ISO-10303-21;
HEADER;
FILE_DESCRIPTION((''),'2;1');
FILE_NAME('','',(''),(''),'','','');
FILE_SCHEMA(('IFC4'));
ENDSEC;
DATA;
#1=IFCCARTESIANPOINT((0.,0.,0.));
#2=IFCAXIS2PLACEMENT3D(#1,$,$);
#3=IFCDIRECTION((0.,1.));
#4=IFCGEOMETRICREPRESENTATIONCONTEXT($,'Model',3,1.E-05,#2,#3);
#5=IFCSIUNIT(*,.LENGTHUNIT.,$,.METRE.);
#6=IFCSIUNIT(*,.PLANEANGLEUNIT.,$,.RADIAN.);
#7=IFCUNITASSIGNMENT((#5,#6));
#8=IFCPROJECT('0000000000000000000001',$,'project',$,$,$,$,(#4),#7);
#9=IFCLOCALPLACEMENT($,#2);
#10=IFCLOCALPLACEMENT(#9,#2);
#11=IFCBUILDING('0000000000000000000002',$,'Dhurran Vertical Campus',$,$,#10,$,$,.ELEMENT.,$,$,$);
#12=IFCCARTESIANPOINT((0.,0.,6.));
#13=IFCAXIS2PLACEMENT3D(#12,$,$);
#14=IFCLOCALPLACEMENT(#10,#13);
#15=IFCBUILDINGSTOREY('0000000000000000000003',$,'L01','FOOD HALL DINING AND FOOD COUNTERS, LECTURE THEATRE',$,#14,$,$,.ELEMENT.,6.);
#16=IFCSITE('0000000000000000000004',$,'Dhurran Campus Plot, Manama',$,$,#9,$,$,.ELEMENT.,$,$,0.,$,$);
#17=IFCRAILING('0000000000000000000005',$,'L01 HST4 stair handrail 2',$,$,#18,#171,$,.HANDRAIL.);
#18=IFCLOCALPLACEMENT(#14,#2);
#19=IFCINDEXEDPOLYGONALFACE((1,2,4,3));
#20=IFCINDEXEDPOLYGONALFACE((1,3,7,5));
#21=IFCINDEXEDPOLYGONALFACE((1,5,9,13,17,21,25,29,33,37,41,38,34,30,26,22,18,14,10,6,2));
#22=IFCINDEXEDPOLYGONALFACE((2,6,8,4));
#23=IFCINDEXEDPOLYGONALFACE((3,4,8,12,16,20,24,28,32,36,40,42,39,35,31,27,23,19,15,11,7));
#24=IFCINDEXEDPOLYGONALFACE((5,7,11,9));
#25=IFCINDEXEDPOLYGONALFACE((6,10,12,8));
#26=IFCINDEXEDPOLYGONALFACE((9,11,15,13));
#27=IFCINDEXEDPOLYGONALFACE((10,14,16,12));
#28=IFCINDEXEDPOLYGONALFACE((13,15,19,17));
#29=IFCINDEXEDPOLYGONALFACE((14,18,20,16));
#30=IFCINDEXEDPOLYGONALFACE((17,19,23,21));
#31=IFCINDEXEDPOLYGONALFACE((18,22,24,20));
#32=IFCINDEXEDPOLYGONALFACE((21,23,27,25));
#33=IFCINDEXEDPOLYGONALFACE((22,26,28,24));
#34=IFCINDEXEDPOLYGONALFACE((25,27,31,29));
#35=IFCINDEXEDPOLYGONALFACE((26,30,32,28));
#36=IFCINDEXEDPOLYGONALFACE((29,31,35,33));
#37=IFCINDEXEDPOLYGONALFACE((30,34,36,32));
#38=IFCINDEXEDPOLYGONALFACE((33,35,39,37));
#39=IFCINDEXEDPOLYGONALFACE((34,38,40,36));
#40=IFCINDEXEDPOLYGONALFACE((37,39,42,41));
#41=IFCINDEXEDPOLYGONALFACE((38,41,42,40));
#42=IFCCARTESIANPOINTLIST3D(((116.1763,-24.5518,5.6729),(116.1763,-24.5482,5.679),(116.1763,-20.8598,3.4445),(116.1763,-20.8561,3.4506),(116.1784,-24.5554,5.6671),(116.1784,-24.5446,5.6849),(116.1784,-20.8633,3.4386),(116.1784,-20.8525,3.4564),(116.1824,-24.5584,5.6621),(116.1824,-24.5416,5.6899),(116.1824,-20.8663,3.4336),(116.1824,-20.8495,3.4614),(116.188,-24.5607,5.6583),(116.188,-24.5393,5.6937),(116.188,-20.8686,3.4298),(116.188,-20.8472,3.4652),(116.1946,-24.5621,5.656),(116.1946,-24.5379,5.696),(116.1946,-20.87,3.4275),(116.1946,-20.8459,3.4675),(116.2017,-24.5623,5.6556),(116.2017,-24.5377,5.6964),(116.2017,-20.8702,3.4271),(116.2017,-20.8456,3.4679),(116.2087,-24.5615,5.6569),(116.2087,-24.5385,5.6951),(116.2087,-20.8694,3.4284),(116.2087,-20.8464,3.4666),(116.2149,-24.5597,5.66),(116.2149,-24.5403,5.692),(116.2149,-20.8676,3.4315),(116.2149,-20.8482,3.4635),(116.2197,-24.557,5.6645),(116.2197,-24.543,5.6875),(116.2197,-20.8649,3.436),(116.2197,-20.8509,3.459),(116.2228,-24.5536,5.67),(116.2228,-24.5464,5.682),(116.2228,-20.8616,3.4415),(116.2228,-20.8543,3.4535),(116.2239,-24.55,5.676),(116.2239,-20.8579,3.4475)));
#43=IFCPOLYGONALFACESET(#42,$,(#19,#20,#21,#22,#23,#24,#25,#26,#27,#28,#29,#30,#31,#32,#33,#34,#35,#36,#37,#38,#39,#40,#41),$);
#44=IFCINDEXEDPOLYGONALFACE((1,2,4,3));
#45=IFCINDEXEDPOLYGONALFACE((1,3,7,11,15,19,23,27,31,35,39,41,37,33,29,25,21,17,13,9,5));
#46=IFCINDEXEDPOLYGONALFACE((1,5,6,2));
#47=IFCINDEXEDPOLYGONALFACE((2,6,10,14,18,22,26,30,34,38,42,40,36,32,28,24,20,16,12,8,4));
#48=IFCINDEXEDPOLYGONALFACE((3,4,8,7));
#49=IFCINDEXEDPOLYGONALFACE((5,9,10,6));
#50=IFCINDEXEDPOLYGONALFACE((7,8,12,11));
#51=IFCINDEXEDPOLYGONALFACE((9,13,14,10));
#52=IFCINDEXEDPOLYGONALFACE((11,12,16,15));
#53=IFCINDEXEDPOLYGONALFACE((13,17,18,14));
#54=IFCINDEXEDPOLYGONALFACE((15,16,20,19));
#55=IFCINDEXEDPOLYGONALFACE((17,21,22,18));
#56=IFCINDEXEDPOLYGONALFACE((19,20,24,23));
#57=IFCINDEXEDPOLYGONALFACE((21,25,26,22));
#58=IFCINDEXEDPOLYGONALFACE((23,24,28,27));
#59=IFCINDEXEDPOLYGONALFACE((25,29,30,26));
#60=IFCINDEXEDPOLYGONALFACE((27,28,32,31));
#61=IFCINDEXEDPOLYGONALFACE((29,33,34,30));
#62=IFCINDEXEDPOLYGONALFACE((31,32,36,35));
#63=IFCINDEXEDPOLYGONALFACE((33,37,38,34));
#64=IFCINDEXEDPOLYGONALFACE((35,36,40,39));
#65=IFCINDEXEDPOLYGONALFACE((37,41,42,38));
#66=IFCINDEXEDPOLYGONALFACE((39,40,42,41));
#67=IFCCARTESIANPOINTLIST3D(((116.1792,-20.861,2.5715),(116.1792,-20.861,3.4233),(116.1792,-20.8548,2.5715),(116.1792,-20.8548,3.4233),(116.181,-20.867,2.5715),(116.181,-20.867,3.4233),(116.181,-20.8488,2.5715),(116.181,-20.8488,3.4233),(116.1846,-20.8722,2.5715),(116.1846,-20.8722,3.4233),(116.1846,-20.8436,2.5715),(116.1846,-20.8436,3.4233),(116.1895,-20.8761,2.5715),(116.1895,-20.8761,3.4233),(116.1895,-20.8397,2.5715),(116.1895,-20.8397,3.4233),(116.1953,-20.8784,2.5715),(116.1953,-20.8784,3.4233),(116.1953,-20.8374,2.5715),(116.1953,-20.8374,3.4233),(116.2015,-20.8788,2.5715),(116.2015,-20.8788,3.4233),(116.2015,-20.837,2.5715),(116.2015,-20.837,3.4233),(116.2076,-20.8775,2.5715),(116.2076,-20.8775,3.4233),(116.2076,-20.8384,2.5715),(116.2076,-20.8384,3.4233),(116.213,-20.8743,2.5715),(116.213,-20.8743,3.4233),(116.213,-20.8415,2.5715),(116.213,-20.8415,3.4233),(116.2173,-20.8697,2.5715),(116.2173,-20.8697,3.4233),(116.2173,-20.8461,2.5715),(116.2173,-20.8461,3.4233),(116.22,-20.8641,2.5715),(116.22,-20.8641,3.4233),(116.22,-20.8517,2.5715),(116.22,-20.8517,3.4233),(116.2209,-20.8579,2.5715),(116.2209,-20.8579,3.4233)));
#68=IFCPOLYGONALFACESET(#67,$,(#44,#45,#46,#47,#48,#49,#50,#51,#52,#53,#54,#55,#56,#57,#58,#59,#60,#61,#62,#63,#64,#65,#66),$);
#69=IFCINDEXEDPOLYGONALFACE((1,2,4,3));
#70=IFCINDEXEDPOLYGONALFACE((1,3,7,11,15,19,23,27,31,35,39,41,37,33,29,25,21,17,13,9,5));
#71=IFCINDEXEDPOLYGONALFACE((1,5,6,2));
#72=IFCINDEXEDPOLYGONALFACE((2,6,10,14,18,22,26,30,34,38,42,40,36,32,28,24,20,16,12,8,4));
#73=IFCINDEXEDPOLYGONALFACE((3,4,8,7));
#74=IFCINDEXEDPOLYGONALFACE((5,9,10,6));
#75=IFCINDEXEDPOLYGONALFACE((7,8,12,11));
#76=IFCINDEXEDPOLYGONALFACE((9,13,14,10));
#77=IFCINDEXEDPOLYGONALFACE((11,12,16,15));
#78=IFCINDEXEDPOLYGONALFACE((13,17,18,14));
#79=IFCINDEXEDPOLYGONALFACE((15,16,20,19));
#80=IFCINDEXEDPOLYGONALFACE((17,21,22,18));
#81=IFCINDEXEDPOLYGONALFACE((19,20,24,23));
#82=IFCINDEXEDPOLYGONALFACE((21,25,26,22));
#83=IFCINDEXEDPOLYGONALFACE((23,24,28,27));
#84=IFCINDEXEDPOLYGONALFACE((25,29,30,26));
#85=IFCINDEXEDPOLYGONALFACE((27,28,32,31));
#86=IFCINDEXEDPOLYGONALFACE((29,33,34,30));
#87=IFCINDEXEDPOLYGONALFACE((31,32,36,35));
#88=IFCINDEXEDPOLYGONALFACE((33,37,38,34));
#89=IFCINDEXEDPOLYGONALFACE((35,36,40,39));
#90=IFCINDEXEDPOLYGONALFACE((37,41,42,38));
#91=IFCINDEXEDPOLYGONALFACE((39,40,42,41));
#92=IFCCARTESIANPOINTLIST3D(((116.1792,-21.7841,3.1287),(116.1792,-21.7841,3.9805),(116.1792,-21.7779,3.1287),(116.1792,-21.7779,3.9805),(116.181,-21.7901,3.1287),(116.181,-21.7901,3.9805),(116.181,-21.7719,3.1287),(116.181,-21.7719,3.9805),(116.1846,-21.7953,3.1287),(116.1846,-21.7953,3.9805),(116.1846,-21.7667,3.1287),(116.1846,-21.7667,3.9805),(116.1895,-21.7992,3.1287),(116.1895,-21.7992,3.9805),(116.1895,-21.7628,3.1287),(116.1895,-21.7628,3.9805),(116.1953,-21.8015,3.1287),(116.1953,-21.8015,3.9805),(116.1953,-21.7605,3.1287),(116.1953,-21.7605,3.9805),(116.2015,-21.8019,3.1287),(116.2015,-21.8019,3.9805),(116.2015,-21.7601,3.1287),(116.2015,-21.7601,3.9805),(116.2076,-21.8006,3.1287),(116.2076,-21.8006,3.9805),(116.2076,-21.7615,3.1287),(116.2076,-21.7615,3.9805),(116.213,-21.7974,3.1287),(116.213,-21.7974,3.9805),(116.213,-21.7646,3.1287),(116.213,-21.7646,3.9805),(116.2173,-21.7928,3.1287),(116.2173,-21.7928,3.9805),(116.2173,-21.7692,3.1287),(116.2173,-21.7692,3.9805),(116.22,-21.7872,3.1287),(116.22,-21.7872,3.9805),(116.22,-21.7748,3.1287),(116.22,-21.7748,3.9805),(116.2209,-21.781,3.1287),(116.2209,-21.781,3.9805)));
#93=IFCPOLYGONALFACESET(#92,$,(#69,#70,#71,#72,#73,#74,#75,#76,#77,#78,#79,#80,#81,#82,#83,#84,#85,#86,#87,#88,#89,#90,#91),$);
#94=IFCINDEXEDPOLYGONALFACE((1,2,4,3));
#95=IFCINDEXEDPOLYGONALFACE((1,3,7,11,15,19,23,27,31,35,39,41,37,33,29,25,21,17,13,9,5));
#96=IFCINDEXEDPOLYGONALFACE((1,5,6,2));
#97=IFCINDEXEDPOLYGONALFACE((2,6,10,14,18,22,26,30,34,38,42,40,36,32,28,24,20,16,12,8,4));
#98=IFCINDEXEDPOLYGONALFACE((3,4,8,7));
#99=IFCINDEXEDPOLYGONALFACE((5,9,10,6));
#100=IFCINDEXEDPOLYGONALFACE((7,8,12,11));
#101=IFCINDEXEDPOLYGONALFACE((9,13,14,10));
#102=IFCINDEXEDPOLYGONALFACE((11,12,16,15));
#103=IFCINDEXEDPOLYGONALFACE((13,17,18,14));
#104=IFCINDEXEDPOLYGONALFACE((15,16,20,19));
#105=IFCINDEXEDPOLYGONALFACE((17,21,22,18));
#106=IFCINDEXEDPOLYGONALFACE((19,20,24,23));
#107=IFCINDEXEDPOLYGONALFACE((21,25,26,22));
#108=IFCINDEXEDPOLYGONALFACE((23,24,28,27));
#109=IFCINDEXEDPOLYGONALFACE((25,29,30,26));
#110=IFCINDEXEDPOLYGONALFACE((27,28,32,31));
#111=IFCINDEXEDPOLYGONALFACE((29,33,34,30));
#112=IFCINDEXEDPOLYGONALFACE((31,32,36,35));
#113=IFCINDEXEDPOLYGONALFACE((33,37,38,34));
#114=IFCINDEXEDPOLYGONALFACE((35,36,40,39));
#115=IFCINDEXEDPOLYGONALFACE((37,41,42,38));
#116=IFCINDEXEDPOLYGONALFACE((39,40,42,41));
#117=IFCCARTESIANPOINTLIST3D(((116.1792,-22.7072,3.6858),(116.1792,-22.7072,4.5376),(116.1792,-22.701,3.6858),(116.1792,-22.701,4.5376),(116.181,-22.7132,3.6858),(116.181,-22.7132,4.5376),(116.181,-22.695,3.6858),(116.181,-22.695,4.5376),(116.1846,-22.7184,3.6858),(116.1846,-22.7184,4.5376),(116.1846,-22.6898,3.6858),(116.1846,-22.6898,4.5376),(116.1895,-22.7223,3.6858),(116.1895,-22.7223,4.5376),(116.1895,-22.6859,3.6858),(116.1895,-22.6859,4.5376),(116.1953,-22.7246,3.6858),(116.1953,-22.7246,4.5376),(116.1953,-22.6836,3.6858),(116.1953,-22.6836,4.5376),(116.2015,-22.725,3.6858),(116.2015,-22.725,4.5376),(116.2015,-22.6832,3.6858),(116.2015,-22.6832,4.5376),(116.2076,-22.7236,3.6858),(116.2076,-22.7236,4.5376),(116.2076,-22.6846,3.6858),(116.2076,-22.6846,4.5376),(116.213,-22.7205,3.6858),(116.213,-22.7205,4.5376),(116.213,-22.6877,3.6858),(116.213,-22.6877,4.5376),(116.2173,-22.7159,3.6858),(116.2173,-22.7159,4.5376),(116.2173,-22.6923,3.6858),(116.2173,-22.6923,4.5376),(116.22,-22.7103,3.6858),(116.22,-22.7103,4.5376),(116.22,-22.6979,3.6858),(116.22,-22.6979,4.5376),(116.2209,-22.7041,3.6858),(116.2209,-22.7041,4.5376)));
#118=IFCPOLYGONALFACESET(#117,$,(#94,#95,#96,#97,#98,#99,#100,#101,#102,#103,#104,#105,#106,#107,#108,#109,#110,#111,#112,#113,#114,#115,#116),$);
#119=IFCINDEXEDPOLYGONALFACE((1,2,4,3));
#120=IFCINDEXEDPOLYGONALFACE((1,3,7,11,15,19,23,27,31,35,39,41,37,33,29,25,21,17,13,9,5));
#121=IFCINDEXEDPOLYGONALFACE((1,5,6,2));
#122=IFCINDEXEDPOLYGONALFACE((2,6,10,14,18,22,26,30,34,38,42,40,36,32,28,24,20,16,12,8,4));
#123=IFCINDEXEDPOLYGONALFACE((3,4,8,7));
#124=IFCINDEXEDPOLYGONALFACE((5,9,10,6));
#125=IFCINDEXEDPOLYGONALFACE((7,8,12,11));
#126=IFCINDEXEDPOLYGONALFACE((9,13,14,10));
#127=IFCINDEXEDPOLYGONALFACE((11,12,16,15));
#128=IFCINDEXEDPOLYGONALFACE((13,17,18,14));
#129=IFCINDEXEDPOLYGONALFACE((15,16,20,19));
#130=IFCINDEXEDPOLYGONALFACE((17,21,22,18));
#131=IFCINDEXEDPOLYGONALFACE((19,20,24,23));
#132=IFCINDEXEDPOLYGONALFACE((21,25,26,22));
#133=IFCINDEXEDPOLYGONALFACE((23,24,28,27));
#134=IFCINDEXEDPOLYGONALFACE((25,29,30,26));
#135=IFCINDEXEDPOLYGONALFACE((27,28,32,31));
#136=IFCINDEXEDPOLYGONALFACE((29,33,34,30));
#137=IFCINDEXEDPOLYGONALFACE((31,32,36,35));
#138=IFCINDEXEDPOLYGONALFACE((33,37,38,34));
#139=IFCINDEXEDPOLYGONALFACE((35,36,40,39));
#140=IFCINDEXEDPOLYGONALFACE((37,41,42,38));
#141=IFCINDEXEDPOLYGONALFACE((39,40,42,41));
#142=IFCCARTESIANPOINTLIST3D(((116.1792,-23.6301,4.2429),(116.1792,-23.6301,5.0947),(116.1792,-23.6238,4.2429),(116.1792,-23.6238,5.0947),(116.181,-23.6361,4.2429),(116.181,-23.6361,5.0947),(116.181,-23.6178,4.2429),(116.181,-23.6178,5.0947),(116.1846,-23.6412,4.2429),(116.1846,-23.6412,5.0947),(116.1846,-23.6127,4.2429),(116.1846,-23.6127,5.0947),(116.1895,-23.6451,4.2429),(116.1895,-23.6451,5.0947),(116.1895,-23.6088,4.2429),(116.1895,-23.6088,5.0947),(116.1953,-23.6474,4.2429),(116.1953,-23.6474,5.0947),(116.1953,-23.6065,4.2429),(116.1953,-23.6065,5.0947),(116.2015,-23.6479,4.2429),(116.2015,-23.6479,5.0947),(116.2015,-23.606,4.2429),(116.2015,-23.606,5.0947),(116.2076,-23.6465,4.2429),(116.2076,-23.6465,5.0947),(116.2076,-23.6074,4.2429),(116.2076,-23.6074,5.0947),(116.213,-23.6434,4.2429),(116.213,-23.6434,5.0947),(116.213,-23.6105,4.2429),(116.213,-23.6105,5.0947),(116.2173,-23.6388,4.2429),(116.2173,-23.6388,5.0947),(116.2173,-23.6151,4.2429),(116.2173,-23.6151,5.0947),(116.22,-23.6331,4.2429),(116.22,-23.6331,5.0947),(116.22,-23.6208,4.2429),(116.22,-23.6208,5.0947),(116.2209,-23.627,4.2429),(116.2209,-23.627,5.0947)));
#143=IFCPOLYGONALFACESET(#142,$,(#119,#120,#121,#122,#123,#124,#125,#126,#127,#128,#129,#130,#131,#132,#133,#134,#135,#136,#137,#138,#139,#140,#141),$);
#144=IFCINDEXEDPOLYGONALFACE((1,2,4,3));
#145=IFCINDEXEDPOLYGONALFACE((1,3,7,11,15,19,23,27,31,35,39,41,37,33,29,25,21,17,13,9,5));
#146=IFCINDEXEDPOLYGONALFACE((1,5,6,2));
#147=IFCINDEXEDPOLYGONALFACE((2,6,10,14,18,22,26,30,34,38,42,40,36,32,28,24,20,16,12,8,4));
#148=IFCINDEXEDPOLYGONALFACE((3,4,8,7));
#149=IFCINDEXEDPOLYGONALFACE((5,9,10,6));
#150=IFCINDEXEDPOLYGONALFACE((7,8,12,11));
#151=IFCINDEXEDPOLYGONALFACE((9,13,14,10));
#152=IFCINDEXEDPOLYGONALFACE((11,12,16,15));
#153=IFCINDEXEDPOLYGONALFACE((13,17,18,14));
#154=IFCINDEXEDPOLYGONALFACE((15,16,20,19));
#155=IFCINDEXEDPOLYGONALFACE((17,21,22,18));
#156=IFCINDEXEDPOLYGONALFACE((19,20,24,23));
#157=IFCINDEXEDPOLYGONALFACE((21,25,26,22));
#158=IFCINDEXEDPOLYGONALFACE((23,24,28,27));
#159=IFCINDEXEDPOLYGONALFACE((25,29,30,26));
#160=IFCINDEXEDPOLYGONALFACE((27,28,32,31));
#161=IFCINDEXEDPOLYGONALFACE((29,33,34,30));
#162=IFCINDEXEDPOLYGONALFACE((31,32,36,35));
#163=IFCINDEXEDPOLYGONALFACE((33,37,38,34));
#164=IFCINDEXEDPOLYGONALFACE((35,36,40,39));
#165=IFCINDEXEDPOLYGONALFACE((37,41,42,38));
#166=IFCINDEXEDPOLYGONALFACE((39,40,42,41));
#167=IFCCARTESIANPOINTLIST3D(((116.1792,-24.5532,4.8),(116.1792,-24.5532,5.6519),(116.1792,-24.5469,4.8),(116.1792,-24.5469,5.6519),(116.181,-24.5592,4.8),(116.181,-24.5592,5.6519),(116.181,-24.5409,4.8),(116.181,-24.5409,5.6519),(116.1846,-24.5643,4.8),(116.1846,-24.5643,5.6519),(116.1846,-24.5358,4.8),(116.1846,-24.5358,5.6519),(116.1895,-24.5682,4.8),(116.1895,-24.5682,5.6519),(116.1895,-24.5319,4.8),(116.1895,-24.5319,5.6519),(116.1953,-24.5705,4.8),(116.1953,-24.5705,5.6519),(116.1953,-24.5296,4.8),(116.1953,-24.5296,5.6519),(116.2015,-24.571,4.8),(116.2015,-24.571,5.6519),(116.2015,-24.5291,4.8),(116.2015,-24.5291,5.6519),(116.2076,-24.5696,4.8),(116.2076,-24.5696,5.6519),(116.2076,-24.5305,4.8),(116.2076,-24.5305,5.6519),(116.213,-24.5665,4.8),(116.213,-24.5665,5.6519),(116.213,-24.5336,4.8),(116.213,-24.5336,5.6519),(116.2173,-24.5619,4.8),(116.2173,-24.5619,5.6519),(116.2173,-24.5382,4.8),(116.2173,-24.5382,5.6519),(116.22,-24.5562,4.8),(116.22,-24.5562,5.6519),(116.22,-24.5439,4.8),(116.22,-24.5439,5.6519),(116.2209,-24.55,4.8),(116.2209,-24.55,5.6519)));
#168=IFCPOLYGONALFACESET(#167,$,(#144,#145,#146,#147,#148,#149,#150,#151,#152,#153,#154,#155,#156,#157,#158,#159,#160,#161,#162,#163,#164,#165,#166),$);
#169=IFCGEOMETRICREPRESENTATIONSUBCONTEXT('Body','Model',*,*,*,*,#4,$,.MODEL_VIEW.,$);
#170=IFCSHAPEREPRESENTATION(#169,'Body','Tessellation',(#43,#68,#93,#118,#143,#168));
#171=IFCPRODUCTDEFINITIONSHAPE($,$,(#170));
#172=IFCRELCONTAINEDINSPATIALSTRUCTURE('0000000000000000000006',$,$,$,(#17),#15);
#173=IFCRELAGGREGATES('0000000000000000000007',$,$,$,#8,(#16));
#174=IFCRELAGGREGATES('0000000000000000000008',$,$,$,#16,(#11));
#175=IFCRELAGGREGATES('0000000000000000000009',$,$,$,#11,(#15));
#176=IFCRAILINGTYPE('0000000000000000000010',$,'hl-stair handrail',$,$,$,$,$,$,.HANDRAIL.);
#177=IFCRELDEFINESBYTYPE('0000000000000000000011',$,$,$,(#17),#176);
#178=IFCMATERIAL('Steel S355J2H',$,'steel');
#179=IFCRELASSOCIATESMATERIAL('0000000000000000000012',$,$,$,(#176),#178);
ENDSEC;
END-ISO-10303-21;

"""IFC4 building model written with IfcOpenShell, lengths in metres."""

from ifc_helpers import new_model, si_unit, direction, frame, origin, origin_2d, place, context, subcontext, project, spatial, circle, extrude, material, type_object, element, save


model = new_model("IFC4")

# Units and contexts
model_context = context("Model", 3, precision=1e-05, world=origin(), true_north=direction((0.0, 1.0)))
body_context = subcontext(model_context, "Body", "Model", "MODEL_VIEW")
ifc_project = project(units=[si_unit("LENGTHUNIT", "METRE"), si_unit("PLANEANGLEUNIT", "RADIAN")], contexts=[model_context])

# Site, building, storey
site_placement = place(None, origin())
site = spatial("IfcSite", under=ifc_project, at=site_placement, Name="Dhurran Campus Plot, Manama", CompositionType="ELEMENT", RefElevation=0.0)
building_placement = place(site_placement, origin())
building = spatial("IfcBuilding", under=site, at=building_placement, Name="Dhurran Vertical Campus", CompositionType="ELEMENT")
storey_placement = place(building_placement, frame((0.0, 0.0, 6.0)))
storey = spatial("IfcBuildingStorey", under=building, at=storey_placement, Name="L01", Description="FOOD HALL DINING AND FOOD COUNTERS, LECTURE THEATRE", CompositionType="ELEMENT", Elevation=6.0)

# Railing
ifc_material_1 = material(Name="Steel S355J2H", Category="steel")
railing_type_1 = type_object("IfcRailingType", Name="hl-stair handrail", PredefinedType="HANDRAIL", material=ifc_material_1)
railing_1_placement = place(storey_placement, frame((116.2, -20.8579, 2.5715)))
element("IfcRailing", 1, at=railing_1_placement, inside=storey, type_object=railing_type_1, Name="L01 HST4 stair handrail 2", PredefinedType="HANDRAIL", context=body_context, shape_type="SweptSolid", body=[
    extrude(circle(Radius=0.0239, at=origin_2d()), frame((0.0, 0.0, 0.876), z_axis=(0.0, -0.856136, 0.51675), x_axis=(1.0, 0.0, 0.0)), (0.0, 0.0, 1.0), 4.3125),
    extrude(circle(Radius=0.021, at=origin_2d()), origin(), (0.0, 0.0, 1.0), 0.8518),
    extrude(circle(Radius=0.021, at=origin_2d()), frame((0.0, -0.9231, 0.5571)), (0.0, 0.0, 1.0), 0.8518),
    extrude(circle(Radius=0.021, at=origin_2d()), frame((0.0, -1.8462, 1.1143)), (0.0, 0.0, 1.0), 0.8518),
    extrude(circle(Radius=0.021, at=origin_2d()), frame((0.0, -2.769, 1.6714)), (0.0, 0.0, 1.0), 0.8518),
    extrude(circle(Radius=0.021, at=origin_2d()), frame((0.0, -3.6921, 2.2285)), (0.0, 0.0, 1.0), 0.8518),
])

save(model, "model.ifc")
